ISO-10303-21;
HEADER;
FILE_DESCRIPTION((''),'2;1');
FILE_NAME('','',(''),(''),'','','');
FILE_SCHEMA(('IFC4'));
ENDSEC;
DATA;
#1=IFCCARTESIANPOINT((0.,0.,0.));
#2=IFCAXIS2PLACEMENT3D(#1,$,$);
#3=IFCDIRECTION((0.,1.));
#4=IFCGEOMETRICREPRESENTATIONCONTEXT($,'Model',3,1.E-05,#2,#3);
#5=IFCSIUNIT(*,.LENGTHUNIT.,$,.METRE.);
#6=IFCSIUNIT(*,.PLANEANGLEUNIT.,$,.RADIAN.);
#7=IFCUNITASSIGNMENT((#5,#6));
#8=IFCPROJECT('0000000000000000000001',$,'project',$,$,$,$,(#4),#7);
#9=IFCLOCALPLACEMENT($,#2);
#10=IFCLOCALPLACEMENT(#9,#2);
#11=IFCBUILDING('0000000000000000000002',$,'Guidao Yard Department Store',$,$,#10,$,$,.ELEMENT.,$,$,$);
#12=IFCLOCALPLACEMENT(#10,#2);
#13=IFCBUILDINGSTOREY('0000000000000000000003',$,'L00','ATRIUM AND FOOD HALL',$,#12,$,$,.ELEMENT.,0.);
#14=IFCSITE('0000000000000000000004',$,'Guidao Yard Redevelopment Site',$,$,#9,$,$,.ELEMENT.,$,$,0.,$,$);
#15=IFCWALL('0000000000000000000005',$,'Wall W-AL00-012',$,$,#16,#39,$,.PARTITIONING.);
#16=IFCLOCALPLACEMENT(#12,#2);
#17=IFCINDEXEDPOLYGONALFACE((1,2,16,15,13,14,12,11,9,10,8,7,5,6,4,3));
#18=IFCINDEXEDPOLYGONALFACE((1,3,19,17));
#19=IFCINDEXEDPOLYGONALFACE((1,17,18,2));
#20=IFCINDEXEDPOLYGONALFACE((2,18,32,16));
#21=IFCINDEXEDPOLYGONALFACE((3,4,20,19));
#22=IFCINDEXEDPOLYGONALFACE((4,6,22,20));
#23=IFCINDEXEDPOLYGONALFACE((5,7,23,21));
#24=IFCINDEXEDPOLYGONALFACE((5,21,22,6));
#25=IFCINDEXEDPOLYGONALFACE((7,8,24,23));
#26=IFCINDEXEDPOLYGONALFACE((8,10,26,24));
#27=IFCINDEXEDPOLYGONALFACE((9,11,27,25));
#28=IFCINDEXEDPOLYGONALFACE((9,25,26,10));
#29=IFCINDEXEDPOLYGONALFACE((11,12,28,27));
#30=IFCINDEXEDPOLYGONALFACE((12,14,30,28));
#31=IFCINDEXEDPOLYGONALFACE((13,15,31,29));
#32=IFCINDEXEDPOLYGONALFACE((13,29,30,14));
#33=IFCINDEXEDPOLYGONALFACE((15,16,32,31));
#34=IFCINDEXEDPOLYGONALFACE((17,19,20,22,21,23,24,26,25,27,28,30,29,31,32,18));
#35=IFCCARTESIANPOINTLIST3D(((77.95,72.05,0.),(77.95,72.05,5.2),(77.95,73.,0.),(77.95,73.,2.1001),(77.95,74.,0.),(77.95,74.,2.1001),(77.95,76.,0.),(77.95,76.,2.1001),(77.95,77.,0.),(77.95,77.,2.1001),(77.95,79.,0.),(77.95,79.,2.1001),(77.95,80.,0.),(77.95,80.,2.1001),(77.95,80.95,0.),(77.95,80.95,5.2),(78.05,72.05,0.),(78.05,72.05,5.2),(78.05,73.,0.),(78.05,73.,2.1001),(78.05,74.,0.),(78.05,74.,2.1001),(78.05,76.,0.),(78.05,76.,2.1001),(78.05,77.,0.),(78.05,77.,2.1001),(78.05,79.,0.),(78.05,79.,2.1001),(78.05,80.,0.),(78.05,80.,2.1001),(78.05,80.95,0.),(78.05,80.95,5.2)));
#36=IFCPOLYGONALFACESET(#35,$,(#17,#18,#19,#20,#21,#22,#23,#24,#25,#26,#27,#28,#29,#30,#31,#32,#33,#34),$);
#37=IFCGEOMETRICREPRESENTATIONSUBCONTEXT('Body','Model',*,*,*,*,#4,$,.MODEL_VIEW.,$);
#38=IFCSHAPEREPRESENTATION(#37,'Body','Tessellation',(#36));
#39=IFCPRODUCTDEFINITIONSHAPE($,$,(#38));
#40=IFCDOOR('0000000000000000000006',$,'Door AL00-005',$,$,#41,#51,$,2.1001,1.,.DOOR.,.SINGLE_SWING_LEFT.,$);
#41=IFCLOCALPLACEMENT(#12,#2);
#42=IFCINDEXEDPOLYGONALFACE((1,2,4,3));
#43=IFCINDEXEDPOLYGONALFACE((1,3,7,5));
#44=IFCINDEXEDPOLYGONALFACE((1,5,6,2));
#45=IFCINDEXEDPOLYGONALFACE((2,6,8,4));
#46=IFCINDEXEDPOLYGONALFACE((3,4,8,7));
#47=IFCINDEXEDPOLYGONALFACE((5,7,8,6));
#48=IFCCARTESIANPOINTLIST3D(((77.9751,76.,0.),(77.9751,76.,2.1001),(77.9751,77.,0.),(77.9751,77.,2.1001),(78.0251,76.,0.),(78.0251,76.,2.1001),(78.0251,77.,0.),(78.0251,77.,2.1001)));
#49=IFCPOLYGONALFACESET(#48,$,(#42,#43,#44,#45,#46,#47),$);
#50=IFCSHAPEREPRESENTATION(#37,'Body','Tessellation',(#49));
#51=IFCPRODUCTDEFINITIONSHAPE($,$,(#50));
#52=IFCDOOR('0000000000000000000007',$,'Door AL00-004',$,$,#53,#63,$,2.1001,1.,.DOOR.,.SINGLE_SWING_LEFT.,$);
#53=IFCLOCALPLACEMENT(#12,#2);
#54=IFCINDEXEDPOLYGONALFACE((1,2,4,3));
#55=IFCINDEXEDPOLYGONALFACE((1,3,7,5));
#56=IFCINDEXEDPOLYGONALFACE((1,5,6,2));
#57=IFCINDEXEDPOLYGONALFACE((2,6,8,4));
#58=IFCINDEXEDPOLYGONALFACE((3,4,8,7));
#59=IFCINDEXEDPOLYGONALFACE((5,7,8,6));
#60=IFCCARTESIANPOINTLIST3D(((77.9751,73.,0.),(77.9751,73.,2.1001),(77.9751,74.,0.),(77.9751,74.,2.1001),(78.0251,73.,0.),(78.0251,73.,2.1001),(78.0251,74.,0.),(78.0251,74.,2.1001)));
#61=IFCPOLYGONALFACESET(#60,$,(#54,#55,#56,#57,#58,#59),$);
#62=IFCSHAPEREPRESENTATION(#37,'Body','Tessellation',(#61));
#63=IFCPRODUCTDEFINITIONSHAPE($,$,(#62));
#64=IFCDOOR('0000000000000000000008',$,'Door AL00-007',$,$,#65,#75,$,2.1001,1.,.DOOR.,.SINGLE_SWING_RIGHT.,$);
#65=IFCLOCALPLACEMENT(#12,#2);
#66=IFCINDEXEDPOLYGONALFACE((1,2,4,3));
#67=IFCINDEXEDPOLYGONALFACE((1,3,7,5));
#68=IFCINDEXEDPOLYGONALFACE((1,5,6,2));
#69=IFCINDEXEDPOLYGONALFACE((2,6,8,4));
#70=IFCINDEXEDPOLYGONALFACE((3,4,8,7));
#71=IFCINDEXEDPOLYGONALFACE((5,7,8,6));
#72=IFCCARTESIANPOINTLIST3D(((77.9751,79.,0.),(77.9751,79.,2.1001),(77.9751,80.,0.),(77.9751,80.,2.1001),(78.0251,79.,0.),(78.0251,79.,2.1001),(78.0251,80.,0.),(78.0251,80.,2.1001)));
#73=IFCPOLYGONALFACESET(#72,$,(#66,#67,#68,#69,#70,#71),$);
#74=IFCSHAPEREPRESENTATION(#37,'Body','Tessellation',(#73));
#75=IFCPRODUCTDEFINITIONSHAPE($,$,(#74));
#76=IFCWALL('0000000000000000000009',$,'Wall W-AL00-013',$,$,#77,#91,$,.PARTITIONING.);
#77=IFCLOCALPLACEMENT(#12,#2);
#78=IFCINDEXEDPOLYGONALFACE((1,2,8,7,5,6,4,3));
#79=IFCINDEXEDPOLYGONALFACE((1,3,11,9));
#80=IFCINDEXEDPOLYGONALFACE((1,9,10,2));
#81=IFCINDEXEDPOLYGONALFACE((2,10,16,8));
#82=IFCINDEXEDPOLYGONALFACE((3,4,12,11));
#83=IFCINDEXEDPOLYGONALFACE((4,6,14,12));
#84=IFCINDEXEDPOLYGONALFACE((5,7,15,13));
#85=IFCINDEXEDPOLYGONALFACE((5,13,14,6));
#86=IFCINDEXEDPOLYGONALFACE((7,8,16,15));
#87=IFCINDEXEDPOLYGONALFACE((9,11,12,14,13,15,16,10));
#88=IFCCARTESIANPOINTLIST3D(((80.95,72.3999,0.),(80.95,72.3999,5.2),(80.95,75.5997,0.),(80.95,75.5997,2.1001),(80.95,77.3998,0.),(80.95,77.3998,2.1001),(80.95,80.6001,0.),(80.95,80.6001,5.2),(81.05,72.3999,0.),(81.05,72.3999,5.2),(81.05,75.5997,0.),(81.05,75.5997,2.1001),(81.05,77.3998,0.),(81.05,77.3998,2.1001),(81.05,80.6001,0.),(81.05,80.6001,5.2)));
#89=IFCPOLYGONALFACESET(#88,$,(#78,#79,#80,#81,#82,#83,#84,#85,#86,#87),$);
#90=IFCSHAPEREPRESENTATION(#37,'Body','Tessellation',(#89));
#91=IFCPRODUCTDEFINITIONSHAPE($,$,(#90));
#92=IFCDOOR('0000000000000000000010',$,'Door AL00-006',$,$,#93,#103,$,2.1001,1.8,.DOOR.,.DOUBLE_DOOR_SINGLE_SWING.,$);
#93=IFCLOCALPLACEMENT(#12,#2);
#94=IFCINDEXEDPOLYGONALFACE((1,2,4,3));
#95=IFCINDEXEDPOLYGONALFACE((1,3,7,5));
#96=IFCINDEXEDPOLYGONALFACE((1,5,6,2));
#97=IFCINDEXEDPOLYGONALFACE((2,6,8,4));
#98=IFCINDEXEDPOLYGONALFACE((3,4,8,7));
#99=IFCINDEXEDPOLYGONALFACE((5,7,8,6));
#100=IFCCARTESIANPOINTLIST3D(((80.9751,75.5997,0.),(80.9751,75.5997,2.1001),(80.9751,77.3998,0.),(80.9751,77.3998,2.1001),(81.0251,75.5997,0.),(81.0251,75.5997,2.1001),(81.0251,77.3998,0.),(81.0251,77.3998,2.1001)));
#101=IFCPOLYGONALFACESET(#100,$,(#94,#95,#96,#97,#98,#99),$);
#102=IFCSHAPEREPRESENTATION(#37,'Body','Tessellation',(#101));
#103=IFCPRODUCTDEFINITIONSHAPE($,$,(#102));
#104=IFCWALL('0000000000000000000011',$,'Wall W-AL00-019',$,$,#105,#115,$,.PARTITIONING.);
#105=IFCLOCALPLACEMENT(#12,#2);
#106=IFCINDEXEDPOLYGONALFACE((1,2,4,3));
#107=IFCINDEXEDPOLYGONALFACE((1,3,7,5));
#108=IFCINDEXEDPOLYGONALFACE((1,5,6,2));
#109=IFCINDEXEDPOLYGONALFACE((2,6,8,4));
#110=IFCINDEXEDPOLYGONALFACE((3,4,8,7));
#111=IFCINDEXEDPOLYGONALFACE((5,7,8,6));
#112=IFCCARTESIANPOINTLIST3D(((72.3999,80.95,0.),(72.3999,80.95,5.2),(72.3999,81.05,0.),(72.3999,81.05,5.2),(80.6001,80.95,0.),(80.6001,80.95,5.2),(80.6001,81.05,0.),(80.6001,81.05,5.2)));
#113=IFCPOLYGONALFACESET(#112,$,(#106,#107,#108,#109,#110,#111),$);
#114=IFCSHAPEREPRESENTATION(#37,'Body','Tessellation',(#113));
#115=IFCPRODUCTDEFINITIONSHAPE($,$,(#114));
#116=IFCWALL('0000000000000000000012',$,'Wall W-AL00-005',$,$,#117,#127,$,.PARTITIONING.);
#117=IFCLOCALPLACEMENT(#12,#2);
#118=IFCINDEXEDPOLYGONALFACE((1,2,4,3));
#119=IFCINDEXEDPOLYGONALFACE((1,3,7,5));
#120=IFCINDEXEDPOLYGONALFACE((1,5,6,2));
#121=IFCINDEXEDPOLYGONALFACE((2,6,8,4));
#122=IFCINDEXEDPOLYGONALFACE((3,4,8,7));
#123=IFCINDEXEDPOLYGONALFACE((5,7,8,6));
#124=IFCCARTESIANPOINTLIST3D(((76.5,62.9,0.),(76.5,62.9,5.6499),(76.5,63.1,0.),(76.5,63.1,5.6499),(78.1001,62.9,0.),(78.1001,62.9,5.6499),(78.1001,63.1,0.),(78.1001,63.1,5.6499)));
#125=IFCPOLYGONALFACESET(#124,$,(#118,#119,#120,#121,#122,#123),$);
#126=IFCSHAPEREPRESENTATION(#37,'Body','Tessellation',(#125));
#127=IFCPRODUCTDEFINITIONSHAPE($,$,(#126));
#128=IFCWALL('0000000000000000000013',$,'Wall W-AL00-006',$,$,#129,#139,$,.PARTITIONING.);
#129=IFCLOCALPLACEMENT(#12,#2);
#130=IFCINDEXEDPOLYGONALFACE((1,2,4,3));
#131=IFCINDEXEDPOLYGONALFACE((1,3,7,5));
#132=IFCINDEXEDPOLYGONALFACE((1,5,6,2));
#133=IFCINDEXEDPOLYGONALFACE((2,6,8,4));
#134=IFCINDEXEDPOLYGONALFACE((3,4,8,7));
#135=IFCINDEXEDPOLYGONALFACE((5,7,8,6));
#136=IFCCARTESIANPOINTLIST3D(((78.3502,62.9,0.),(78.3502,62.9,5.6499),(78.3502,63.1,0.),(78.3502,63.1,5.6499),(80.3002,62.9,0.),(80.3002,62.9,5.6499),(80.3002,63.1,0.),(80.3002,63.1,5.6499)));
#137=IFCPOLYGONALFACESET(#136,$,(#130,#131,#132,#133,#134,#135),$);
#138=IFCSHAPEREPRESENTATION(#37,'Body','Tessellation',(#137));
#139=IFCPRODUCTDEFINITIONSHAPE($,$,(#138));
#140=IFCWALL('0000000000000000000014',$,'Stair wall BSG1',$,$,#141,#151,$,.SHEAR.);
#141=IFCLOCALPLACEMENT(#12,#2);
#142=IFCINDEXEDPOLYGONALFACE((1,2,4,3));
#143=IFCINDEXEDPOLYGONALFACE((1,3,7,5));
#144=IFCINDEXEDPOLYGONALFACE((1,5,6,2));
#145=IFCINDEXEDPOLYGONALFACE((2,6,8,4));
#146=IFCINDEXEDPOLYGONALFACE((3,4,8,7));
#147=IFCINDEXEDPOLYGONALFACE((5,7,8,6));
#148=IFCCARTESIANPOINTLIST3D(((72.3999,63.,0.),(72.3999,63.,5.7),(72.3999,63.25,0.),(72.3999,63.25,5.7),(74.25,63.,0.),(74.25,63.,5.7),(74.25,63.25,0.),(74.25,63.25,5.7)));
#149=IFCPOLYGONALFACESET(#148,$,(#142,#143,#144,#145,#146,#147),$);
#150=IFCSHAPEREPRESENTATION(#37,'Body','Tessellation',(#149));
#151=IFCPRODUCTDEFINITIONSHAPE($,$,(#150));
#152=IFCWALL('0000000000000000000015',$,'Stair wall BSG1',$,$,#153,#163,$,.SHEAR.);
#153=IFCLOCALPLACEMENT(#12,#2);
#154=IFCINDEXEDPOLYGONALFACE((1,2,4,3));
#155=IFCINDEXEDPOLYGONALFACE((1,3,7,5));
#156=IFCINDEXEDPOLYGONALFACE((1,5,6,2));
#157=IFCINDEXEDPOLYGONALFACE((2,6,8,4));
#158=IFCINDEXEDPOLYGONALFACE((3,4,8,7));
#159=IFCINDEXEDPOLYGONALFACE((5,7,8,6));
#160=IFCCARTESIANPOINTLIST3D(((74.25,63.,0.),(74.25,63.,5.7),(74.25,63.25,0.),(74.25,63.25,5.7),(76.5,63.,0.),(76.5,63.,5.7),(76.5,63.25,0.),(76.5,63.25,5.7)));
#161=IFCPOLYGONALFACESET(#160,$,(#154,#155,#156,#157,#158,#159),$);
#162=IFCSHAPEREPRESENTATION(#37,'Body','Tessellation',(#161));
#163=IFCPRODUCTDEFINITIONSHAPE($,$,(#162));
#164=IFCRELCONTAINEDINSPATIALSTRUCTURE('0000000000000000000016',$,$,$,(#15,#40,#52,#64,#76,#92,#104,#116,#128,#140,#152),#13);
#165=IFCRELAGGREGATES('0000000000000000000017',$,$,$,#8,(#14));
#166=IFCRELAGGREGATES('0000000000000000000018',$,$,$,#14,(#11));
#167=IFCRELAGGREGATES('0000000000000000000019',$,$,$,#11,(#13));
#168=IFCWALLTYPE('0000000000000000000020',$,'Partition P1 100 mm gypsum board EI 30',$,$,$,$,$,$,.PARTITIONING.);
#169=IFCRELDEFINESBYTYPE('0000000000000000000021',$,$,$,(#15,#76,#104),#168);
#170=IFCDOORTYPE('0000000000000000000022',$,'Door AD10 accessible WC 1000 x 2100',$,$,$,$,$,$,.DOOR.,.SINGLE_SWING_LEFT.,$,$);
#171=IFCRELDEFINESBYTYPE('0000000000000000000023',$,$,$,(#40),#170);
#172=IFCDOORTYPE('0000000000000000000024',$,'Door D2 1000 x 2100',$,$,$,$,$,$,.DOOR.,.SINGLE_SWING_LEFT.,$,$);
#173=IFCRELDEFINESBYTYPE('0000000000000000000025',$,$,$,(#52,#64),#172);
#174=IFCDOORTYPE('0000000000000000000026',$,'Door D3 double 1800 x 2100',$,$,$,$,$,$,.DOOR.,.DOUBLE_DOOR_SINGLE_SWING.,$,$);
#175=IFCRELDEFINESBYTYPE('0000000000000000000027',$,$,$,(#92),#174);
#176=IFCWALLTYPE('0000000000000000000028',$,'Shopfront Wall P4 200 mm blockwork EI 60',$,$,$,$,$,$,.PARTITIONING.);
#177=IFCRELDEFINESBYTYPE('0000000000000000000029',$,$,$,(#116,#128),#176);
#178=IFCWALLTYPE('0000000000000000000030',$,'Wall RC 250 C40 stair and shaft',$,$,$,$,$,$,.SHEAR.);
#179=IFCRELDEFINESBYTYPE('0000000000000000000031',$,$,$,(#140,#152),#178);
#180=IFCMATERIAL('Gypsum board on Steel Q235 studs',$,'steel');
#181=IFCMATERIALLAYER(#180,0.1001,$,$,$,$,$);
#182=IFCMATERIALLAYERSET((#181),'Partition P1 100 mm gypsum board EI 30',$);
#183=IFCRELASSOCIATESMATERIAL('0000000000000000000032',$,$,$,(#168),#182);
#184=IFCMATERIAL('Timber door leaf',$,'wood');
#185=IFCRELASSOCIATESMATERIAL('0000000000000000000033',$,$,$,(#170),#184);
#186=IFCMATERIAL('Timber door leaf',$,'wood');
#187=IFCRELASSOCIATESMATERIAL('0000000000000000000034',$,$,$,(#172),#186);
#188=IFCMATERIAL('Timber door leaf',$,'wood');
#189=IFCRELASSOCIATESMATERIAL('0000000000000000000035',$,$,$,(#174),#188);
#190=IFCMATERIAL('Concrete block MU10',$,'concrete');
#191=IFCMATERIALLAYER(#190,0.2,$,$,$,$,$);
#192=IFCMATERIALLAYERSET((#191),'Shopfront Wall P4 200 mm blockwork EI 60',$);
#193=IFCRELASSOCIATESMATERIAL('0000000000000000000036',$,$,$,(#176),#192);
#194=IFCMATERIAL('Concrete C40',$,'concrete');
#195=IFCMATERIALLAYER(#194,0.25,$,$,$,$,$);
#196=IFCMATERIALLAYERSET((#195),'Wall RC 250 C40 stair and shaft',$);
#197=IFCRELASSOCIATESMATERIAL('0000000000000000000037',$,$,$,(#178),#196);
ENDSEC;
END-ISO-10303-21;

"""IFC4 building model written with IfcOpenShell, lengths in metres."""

from ifc_helpers import new_model, si_unit, direction, frame, frame_2d, origin, place, context, subcontext, project, spatial, rectangle, extrude, material, layer, layer_set, type_object, element, fill, save


model = new_model("IFC4")

# Units and contexts
model_context = context("Model", 3, precision=1e-05, world=origin(), true_north=direction((0.0, 1.0)))
body_context = subcontext(model_context, "Body", "Model", "MODEL_VIEW")
ifc_project = project(units=[si_unit("LENGTHUNIT", "METRE"), si_unit("PLANEANGLEUNIT", "RADIAN")], contexts=[model_context])

# Site, building, storey
site_placement = place(None, origin())
site = spatial("IfcSite", under=ifc_project, at=site_placement, Name="Guidao Yard Redevelopment Site", CompositionType="ELEMENT", RefElevation=0.0)
building_placement = place(site_placement, origin())
building = spatial("IfcBuilding", under=site, at=building_placement, Name="Guidao Yard Department Store", CompositionType="ELEMENT")
storey_placement = place(building_placement, origin())
storey = spatial("IfcBuildingStorey", under=building, at=storey_placement, Name="L00", Description="ATRIUM AND FOOD HALL", CompositionType="ELEMENT", Elevation=0.0)

# Shared definitions
ifc_material_1 = material(Name="Gypsum board on Steel Q235 studs", Category="steel")
ifc_layer_1 = layer(ifc_material_1, 0.1001)
ifc_layer_set_1 = layer_set([ifc_layer_1], Name="Partition P1 100 mm gypsum board EI 30")
wall_type_1 = type_object("IfcWallType", Name="Partition P1 100 mm gypsum board EI 30", PredefinedType="PARTITIONING", material=ifc_layer_set_1)

# Wall, openings, doors
wall_1_placement = place(storey_placement, frame((78.0, 72.05, 0.0), z_axis=(0.0, 0.0, 1.0), x_axis=(0.0, 1.0, 0.0)))
wall_1 = element("IfcWall", 1, at=wall_1_placement, inside=storey, type_object=wall_type_1, Name="Wall W-AL00-012", PredefinedType="PARTITIONING", context=body_context, shape_type="SweptSolid", body=[
    extrude(rectangle(XDim=8.8999, YDim=0.1001, at=frame_2d((4.45, 0.0))), origin(), (0.0, 0.0, 1.0), 5.2),
])
opening_1_placement = place(wall_1_placement, frame((0.95, 0.0, 0.0)))
opening_1 = element("IfcOpeningElement", 2, at=opening_1_placement, cuts=wall_1, PredefinedType="OPENING", context=body_context, shape_type="SweptSolid", body=[
    extrude(rectangle(XDim=1.0, YDim=2.1001, at=frame_2d((0.5, 1.05))), frame((0.0, 0.0601, 0.0), z_axis=(0.0, -1.0, 0.0), x_axis=(1.0, 0.0, 0.0)), (0.0, 0.0, 1.0), 0.1201),
])
opening_2_placement = place(wall_1_placement, frame((3.95, 0.0, 0.0)))
opening_2 = element("IfcOpeningElement", 3, at=opening_2_placement, cuts=wall_1, PredefinedType="OPENING", context=body_context, shape_type="SweptSolid", body=[
    extrude(rectangle(XDim=1.0, YDim=2.1001, at=frame_2d((0.5, 1.05))), frame((0.0, 0.0601, 0.0), z_axis=(0.0, -1.0, 0.0), x_axis=(1.0, 0.0, 0.0)), (0.0, 0.0, 1.0), 0.1201),
])
opening_3_placement = place(wall_1_placement, frame((6.95, 0.0, 0.0)))
opening_3 = element("IfcOpeningElement", 4, at=opening_3_placement, cuts=wall_1, PredefinedType="OPENING", context=body_context, shape_type="SweptSolid", body=[
    extrude(rectangle(XDim=1.0, YDim=2.1001, at=frame_2d((0.5, 1.05))), frame((0.0, 0.0601, 0.0), z_axis=(0.0, -1.0, 0.0), x_axis=(1.0, 0.0, 0.0)), (0.0, 0.0, 1.0), 0.1201),
])
ifc_material_2 = material(Name="Timber door leaf", Category="wood")
door_type_1 = type_object("IfcDoorType", Name="Door AD10 accessible WC 1000 x 2100", OperationType="SINGLE_SWING_LEFT", PredefinedType="DOOR", material=ifc_material_2)
door_1_placement = place(opening_2_placement, origin())
door_1 = element("IfcDoor", 5, at=door_1_placement, inside=storey, type_object=door_type_1, Name="Door AL00-005", OperationType="SINGLE_SWING_LEFT", OverallHeight=2.1001, OverallWidth=1.0, PredefinedType="DOOR", context=body_context, shape_type="SweptSolid", body=[
    extrude(rectangle(XDim=1.0, YDim=2.1001, at=frame_2d((0.5, 1.05))), frame((0.0, 0.0249, 0.0), z_axis=(0.0, -1.0, 0.0), x_axis=(1.0, 0.0, 0.0)), (0.0, 0.0, 1.0), 0.05),
])
fill(opening_2, door_1)
ifc_material_3 = material(Name="Timber door leaf", Category="wood")
door_type_2 = type_object("IfcDoorType", Name="Door D2 1000 x 2100", OperationType="SINGLE_SWING_LEFT", PredefinedType="DOOR", material=ifc_material_3)
door_2_placement = place(opening_1_placement, origin())
door_2 = element("IfcDoor", 6, at=door_2_placement, inside=storey, type_object=door_type_2, Name="Door AL00-004", OperationType="SINGLE_SWING_LEFT", OverallHeight=2.1001, OverallWidth=1.0, PredefinedType="DOOR", context=body_context, shape_type="SweptSolid", body=[
    extrude(rectangle(XDim=1.0, YDim=2.1001, at=frame_2d((0.5, 1.05))), frame((0.0, 0.0249, 0.0), z_axis=(0.0, -1.0, 0.0), x_axis=(1.0, 0.0, 0.0)), (0.0, 0.0, 1.0), 0.05),
])
fill(opening_1, door_2)
door_3_placement = place(opening_3_placement, origin())
door_3 = element("IfcDoor", 7, at=door_3_placement, inside=storey, type_object=door_type_2, Name="Door AL00-007", OperationType="SINGLE_SWING_RIGHT", OverallHeight=2.1001, OverallWidth=1.0, PredefinedType="DOOR", context=body_context, shape_type="SweptSolid", body=[
    extrude(rectangle(XDim=1.0, YDim=2.1001, at=frame_2d((0.5, 1.05))), frame((0.0, 0.0249, 0.0), z_axis=(0.0, -1.0, 0.0), x_axis=(1.0, 0.0, 0.0)), (0.0, 0.0, 1.0), 0.05),
])
fill(opening_3, door_3)

# Wall, opening, door
wall_2_placement = place(storey_placement, frame((81.0, 72.3999, 0.0), z_axis=(0.0, 0.0, 1.0), x_axis=(0.0, 1.0, 0.0)))
wall_2 = element("IfcWall", 8, at=wall_2_placement, inside=storey, type_object=wall_type_1, Name="Wall W-AL00-013", PredefinedType="PARTITIONING", context=body_context, shape_type="SweptSolid", body=[
    extrude(rectangle(XDim=8.2002, YDim=0.1001, at=frame_2d((4.1001, 0.0))), origin(), (0.0, 0.0, 1.0), 5.2),
])
opening_4_placement = place(wall_2_placement, frame((3.2, 0.0, 0.0)))
opening_4 = element("IfcOpeningElement", 9, at=opening_4_placement, cuts=wall_2, PredefinedType="OPENING", context=body_context, shape_type="SweptSolid", body=[
    extrude(rectangle(XDim=1.8, YDim=2.1001, at=frame_2d((0.8999, 1.05))), frame((0.0, 0.0601, 0.0), z_axis=(0.0, -1.0, 0.0), x_axis=(1.0, 0.0, 0.0)), (0.0, 0.0, 1.0), 0.1201),
])
ifc_material_4 = material(Name="Timber door leaf", Category="wood")
door_type_3 = type_object("IfcDoorType", Name="Door D3 double 1800 x 2100", OperationType="DOUBLE_DOOR_SINGLE_SWING", PredefinedType="DOOR", material=ifc_material_4)
door_4_placement = place(opening_4_placement, origin())
door_4 = element("IfcDoor", 10, at=door_4_placement, inside=storey, type_object=door_type_3, Name="Door AL00-006", OperationType="DOUBLE_DOOR_SINGLE_SWING", OverallHeight=2.1001, OverallWidth=1.8, PredefinedType="DOOR", context=body_context, shape_type="SweptSolid", body=[
    extrude(rectangle(XDim=1.8, YDim=2.1001, at=frame_2d((0.8999, 1.05))), frame((0.0, 0.0249, 0.0), z_axis=(0.0, -1.0, 0.0), x_axis=(1.0, 0.0, 0.0)), (0.0, 0.0, 1.0), 0.05),
])
fill(opening_4, door_4)

# Walls
wall_3_placement = place(storey_placement, frame((72.3999, 81.0, 0.0), z_axis=(0.0, 0.0, 1.0), x_axis=(1.0, 0.0, 0.0)))
element("IfcWall", 11, at=wall_3_placement, inside=storey, type_object=wall_type_1, Name="Wall W-AL00-019", PredefinedType="PARTITIONING", context=body_context, shape_type="SweptSolid", body=[
    extrude(rectangle(XDim=8.2002, YDim=0.1001, at=frame_2d((4.1001, 0.0))), origin(), (0.0, 0.0, 1.0), 5.2),
])
ifc_material_5 = material(Name="Concrete block MU10", Category="concrete")
ifc_layer_2 = layer(ifc_material_5, 0.2)
ifc_layer_set_2 = layer_set([ifc_layer_2], Name="Shopfront Wall P4 200 mm blockwork EI 60")
wall_type_2 = type_object("IfcWallType", Name="Shopfront Wall P4 200 mm blockwork EI 60", PredefinedType="PARTITIONING", material=ifc_layer_set_2)
wall_4_placement = place(storey_placement, frame((76.5, 63.0, 0.0), z_axis=(0.0, 0.0, 1.0), x_axis=(1.0, 0.0, 0.0)))
element("IfcWall", 12, at=wall_4_placement, inside=storey, type_object=wall_type_2, Name="Wall W-AL00-005", PredefinedType="PARTITIONING", context=body_context, shape_type="SweptSolid", body=[
    extrude(rectangle(XDim=1.6001, YDim=0.2, at=frame_2d((0.8, 0.0))), origin(), (0.0, 0.0, 1.0), 5.6499),
])
wall_5_placement = place(storey_placement, frame((78.3501, 63.0, 0.0), z_axis=(0.0, 0.0, 1.0), x_axis=(1.0, 0.0, 0.0)))
element("IfcWall", 13, at=wall_5_placement, inside=storey, type_object=wall_type_2, Name="Wall W-AL00-006", PredefinedType="PARTITIONING", context=body_context, shape_type="SweptSolid", body=[
    extrude(rectangle(XDim=1.95, YDim=0.2, at=frame_2d((0.9751, 0.0))), origin(), (0.0, 0.0, 1.0), 5.6499),
])
ifc_material_6 = material(Name="Concrete C40", Category="concrete")
ifc_layer_3 = layer(ifc_material_6, 0.25)
ifc_layer_set_3 = layer_set([ifc_layer_3], Name="Wall RC 250 C40 stair and shaft")
wall_type_3 = type_object("IfcWallType", Name="Wall RC 250 C40 stair and shaft", PredefinedType="SHEAR", material=ifc_layer_set_3)
wall_6_placement = place(storey_placement, frame((72.3999, 63.125, 0.0), z_axis=(0.0, 0.0, 1.0), x_axis=(1.0, 0.0, 0.0)))
element("IfcWall", 14, at=wall_6_placement, inside=storey, type_object=wall_type_3, Name="Stair wall BSG1", PredefinedType="SHEAR", context=body_context, shape_type="SweptSolid", body=[
    extrude(rectangle(XDim=1.8501, YDim=0.25, at=frame_2d((0.925, 0.0))), origin(), (0.0, 0.0, 1.0), 5.7),
])
wall_7_placement = place(storey_placement, frame((74.25, 63.125, 0.0), z_axis=(0.0, 0.0, 1.0), x_axis=(1.0, 0.0, 0.0)))
element("IfcWall", 15, at=wall_7_placement, inside=storey, type_object=wall_type_3, Name="Stair wall BSG1", PredefinedType="SHEAR", context=body_context, shape_type="SweptSolid", body=[
    extrude(rectangle(XDim=2.25, YDim=0.25, at=frame_2d((1.125, 0.0))), origin(), (0.0, 0.0, 1.0), 5.7),
])

save(model, "model.ifc")
